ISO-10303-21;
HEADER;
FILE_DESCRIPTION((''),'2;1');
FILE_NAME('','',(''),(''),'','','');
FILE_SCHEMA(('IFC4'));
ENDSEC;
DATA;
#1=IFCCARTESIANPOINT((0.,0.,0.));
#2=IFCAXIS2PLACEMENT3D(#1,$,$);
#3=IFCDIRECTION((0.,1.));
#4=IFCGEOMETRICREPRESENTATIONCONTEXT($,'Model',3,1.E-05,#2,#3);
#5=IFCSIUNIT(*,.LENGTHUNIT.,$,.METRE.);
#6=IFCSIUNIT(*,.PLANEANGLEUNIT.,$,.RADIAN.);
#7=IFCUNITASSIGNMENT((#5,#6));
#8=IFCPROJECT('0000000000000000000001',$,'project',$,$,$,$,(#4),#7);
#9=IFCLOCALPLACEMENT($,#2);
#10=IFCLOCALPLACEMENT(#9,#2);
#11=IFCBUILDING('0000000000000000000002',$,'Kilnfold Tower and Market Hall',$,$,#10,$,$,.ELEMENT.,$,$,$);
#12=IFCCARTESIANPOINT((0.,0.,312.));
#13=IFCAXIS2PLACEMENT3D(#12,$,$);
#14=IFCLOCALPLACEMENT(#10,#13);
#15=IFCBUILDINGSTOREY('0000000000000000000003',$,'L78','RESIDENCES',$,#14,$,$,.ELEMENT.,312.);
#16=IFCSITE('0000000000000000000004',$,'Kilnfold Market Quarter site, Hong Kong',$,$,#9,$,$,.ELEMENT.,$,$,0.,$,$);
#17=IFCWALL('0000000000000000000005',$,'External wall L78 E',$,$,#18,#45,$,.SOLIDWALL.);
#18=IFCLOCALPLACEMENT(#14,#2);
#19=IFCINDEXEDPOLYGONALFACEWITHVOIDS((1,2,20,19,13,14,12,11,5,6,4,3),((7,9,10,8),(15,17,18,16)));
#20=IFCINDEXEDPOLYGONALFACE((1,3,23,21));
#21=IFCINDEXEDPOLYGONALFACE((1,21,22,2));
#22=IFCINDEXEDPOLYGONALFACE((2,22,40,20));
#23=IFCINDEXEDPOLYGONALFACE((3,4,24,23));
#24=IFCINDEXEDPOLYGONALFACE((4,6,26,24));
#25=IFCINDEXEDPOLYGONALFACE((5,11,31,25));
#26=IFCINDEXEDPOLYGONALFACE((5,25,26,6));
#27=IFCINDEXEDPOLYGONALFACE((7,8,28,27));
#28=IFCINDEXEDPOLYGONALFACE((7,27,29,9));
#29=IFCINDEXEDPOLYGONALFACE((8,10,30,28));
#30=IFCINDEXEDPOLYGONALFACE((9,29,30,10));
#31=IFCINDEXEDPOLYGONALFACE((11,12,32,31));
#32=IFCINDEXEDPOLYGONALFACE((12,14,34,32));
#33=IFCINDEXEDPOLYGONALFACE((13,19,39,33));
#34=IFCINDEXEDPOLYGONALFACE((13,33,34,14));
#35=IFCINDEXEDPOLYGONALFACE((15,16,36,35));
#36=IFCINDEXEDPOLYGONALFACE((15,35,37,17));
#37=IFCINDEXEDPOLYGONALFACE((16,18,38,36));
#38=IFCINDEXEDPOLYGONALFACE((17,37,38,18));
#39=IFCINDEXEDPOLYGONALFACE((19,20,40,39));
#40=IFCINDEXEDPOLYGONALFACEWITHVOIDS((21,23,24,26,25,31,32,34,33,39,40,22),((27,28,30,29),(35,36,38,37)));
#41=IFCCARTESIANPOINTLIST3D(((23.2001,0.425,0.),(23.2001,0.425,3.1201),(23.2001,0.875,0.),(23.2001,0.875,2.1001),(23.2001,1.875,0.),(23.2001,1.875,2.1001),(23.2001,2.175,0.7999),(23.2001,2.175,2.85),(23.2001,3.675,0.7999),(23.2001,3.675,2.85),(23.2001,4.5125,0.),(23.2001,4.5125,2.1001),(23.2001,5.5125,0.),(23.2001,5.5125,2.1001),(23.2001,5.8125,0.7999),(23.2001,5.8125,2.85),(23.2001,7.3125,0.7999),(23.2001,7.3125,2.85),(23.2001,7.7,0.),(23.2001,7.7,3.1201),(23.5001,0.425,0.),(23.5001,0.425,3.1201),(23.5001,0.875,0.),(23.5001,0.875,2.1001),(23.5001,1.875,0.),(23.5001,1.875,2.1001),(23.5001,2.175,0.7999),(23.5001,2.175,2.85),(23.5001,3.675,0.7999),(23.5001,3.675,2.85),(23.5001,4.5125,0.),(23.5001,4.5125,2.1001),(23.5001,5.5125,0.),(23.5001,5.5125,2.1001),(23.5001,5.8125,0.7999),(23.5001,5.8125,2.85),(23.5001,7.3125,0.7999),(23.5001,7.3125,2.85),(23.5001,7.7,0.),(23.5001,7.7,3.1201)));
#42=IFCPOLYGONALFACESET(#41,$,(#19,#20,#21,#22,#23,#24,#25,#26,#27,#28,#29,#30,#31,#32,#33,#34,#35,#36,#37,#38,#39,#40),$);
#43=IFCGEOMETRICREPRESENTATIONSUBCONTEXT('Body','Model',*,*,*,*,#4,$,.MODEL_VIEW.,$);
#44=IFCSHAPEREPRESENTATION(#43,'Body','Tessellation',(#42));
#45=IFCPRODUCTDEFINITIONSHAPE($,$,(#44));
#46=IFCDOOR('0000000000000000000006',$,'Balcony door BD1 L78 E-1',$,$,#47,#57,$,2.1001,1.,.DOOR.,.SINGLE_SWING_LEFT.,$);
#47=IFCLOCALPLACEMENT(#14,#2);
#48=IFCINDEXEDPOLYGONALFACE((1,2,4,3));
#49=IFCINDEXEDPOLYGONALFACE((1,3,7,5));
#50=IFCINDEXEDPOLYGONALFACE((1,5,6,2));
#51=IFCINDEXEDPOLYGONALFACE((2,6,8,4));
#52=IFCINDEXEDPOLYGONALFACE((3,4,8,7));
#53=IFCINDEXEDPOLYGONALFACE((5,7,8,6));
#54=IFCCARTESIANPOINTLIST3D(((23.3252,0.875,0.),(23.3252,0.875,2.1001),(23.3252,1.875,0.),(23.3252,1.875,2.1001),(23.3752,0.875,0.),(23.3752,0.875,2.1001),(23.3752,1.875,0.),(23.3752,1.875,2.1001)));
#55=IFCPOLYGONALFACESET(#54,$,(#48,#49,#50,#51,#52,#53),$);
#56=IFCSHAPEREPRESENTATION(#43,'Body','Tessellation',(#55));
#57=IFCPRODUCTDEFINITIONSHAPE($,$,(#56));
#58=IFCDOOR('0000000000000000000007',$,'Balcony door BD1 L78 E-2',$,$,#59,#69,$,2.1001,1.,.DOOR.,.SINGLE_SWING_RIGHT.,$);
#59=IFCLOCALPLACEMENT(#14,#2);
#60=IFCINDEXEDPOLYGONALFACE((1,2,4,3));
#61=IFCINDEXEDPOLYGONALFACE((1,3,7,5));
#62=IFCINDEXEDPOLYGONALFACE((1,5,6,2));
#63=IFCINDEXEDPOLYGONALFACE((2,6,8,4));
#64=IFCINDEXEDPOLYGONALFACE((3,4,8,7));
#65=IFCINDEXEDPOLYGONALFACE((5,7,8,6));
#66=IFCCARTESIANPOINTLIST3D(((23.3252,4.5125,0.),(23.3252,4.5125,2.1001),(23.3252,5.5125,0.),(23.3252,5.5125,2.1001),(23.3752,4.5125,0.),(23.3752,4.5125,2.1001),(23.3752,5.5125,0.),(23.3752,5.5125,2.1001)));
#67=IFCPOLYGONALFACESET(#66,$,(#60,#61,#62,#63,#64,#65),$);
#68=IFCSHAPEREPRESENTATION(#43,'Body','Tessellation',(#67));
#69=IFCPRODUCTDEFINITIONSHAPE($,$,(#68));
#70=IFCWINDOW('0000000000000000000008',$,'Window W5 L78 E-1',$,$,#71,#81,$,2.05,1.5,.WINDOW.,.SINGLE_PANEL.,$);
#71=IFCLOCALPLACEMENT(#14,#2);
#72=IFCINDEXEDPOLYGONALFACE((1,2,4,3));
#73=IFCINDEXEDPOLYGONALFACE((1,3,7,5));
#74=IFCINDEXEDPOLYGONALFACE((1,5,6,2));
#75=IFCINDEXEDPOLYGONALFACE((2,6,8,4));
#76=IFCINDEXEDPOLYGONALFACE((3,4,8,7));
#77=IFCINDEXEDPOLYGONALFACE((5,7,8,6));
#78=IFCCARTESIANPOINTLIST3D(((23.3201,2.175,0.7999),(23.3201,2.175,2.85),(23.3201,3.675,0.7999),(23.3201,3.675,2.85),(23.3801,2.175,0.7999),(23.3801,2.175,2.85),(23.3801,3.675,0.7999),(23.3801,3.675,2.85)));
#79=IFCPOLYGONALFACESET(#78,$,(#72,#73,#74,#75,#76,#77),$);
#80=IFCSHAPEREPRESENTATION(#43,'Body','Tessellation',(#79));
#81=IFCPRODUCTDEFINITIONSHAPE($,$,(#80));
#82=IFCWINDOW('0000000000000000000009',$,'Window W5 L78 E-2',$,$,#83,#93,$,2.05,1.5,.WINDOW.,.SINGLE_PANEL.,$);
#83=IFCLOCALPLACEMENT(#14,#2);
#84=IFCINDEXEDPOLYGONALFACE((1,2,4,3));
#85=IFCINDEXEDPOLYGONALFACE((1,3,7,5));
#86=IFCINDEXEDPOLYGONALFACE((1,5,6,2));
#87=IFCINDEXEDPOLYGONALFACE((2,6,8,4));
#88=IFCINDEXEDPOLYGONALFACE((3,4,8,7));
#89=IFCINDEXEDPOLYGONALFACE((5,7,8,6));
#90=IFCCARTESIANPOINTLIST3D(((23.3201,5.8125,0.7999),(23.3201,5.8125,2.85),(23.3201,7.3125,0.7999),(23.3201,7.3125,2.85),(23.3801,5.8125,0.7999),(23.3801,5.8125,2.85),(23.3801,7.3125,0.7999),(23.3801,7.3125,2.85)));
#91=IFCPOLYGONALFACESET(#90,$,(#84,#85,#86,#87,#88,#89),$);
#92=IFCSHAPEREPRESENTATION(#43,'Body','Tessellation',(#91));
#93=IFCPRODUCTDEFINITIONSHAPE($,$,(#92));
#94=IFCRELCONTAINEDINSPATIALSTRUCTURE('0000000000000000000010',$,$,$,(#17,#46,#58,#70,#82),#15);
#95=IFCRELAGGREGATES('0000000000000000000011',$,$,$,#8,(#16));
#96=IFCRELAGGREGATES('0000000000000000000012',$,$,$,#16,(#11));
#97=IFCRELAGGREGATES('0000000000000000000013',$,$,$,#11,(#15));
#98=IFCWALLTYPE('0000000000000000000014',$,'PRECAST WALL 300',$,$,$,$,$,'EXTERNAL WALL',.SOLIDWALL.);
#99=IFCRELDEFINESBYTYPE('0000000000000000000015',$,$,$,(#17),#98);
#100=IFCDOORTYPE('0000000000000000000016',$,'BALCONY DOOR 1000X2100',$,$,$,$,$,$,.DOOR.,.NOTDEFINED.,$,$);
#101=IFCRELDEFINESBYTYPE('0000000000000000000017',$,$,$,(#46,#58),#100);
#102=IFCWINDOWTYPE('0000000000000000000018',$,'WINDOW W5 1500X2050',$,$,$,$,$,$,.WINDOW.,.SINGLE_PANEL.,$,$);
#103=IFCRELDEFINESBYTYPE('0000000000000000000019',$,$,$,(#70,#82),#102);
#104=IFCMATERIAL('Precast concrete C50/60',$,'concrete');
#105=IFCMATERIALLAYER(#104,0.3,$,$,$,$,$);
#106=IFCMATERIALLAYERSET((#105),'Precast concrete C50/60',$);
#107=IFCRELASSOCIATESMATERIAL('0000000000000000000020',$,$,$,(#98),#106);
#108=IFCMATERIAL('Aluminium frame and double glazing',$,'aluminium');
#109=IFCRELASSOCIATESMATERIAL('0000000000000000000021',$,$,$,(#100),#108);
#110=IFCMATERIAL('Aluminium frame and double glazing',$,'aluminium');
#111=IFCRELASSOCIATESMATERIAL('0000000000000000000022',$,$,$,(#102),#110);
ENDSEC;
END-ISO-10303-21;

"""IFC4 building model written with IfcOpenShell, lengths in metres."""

from ifc_helpers import new_model, si_unit, direction, frame, frame_2d, origin, place, context, subcontext, project, spatial, rectangle, extrude, source, transform, mapped, material, layer, layer_set, type_object, element, fill, save


model = new_model("IFC4")

# Units and contexts
model_context = context("Model", 3, precision=1e-05, world=origin(), true_north=direction((0.0, 1.0)))
body_context = subcontext(model_context, "Body", "Model", "MODEL_VIEW")
ifc_project = project(units=[si_unit("LENGTHUNIT", "METRE"), si_unit("PLANEANGLEUNIT", "RADIAN")], contexts=[model_context])

# Site, building, storey
site_placement = place(None, origin())
site = spatial("IfcSite", under=ifc_project, at=site_placement, Name="Kilnfold Market Quarter site, Hong Kong", CompositionType="ELEMENT", RefElevation=0.0)
building_placement = place(site_placement, origin())
building = spatial("IfcBuilding", under=site, at=building_placement, Name="Kilnfold Tower and Market Hall", CompositionType="ELEMENT")
storey_placement = place(building_placement, frame((0.0, 0.0, 312.0)))
storey = spatial("IfcBuildingStorey", under=building, at=storey_placement, Name="L78", Description="RESIDENCES", CompositionType="ELEMENT", Elevation=312.0)

# Wall, openings, doors, windows
ifc_material_1 = material(Name="Precast concrete C50/60", Category="concrete")
ifc_layer_1 = layer(ifc_material_1, 0.3)
ifc_layer_set_1 = layer_set([ifc_layer_1], Name="Precast concrete C50/60")
wall_type_1 = type_object("IfcWallType", Name="PRECAST WALL 300", ElementType="EXTERNAL WALL", PredefinedType="SOLIDWALL", material=ifc_layer_set_1)
shared_shape_1 = source(origin(), body_context, "Body", "SweptSolid", [
    extrude(rectangle(XDim=7.2749, YDim=0.3, at=frame_2d((3.6375, 0.0))), origin(), (0.0, 0.0, 1.0), 3.1201),
])
wall_1_placement = place(storey_placement, frame((23.3501, 0.425, 0.0), z_axis=(0.0, 0.0, 1.0), x_axis=(0.0, 1.0, 0.0)))
wall_1 = element("IfcWall", 1, at=wall_1_placement, inside=storey, type_object=wall_type_1, Name="External wall L78 E", PredefinedType="SOLIDWALL", context=body_context, shape_type="MappedRepresentation", body=[
    mapped(shared_shape_1, transform((0.0, 0.0, 0.0))),
])
opening_1_placement = place(wall_1_placement, frame((1.75, 0.0, 0.8)))
opening_1 = element("IfcOpeningElement", 2, at=opening_1_placement, cuts=wall_1, PredefinedType="OPENING", context=body_context, shape_type="SweptSolid", body=[
    extrude(rectangle(XDim=1.5, YDim=2.05, at=frame_2d((0.75, 1.0249))), frame((0.0, 0.1602, 0.0), z_axis=(0.0, -1.0, 0.0), x_axis=(1.0, 0.0, 0.0)), (0.0, 0.0, 1.0), 0.3201),
])
opening_2_placement = place(wall_1_placement, frame((0.45, 0.0, 0.0)))
opening_2 = element("IfcOpeningElement", 3, at=opening_2_placement, cuts=wall_1, PredefinedType="OPENING", context=body_context, shape_type="SweptSolid", body=[
    extrude(rectangle(XDim=1.0, YDim=2.1001, at=frame_2d((0.5, 1.05))), frame((0.0, 0.1602, 0.0), z_axis=(0.0, -1.0, 0.0), x_axis=(1.0, 0.0, 0.0)), (0.0, 0.0, 1.0), 0.3201),
])
opening_3_placement = place(wall_1_placement, frame((5.3875, 0.0, 0.8)))
opening_3 = element("IfcOpeningElement", 4, at=opening_3_placement, cuts=wall_1, PredefinedType="OPENING", context=body_context, shape_type="SweptSolid", body=[
    extrude(rectangle(XDim=1.5, YDim=2.05, at=frame_2d((0.75, 1.0249))), frame((0.0, 0.1602, 0.0), z_axis=(0.0, -1.0, 0.0), x_axis=(1.0, 0.0, 0.0)), (0.0, 0.0, 1.0), 0.3201),
])
opening_4_placement = place(wall_1_placement, frame((4.0874, 0.0, 0.0)))
opening_4 = element("IfcOpeningElement", 5, at=opening_4_placement, cuts=wall_1, PredefinedType="OPENING", context=body_context, shape_type="SweptSolid", body=[
    extrude(rectangle(XDim=1.0, YDim=2.1001, at=frame_2d((0.5, 1.05))), frame((0.0, 0.1602, 0.0), z_axis=(0.0, -1.0, 0.0), x_axis=(1.0, 0.0, 0.0)), (0.0, 0.0, 1.0), 0.3201),
])
ifc_material_2 = material(Name="Aluminium frame and double glazing", Category="aluminium")
door_type = type_object("IfcDoorType", Name="BALCONY DOOR 1000X2100", OperationType="NOTDEFINED", PredefinedType="DOOR", material=ifc_material_2)
door_1_placement = place(opening_2_placement, origin())
door_1 = element("IfcDoor", 6, at=door_1_placement, inside=storey, type_object=door_type, Name="Balcony door BD1 L78 E-1", OperationType="SINGLE_SWING_LEFT", OverallHeight=2.1001, OverallWidth=1.0, PredefinedType="DOOR", context=body_context, shape_type="SweptSolid", body=[
    extrude(rectangle(XDim=1.0, YDim=2.1001, at=frame_2d((0.5, 1.05))), frame((0.0, 0.0249, 0.0), z_axis=(0.0, -1.0, 0.0), x_axis=(1.0, 0.0, 0.0)), (0.0, 0.0, 1.0), 0.05),
])
fill(opening_2, door_1)
door_2_placement = place(opening_4_placement, origin())
door_2 = element("IfcDoor", 7, at=door_2_placement, inside=storey, type_object=door_type, Name="Balcony door BD1 L78 E-2", OperationType="SINGLE_SWING_RIGHT", OverallHeight=2.1001, OverallWidth=1.0, PredefinedType="DOOR", context=body_context, shape_type="SweptSolid", body=[
    extrude(rectangle(XDim=1.0, YDim=2.1001, at=frame_2d((0.5, 1.05))), frame((0.0, 0.0249, 0.0), z_axis=(0.0, -1.0, 0.0), x_axis=(1.0, 0.0, 0.0)), (0.0, 0.0, 1.0), 0.05),
])
fill(opening_4, door_2)
ifc_material_3 = material(Name="Aluminium frame and double glazing", Category="aluminium")
window_type = type_object("IfcWindowType", Name="WINDOW W5 1500X2050", PartitioningType="SINGLE_PANEL", PredefinedType="WINDOW", material=ifc_material_3)
window_1_placement = place(opening_1_placement, origin())
window_1 = element("IfcWindow", 8, at=window_1_placement, inside=storey, type_object=window_type, Name="Window W5 L78 E-1", OverallHeight=2.05, OverallWidth=1.5, PartitioningType="SINGLE_PANEL", PredefinedType="WINDOW", context=body_context, shape_type="SweptSolid", body=[
    extrude(rectangle(XDim=1.5, YDim=2.05, at=frame_2d((0.75, 1.0249))), frame((0.0, 0.03, 0.0), z_axis=(0.0, -1.0, 0.0), x_axis=(1.0, 0.0, 0.0)), (0.0, 0.0, 1.0), 0.0601),
])
fill(opening_1, window_1)
window_2_placement = place(opening_3_placement, origin())
window_2 = element("IfcWindow", 9, at=window_2_placement, inside=storey, type_object=window_type, Name="Window W5 L78 E-2", OverallHeight=2.05, OverallWidth=1.5, PartitioningType="SINGLE_PANEL", PredefinedType="WINDOW", context=body_context, shape_type="SweptSolid", body=[
    extrude(rectangle(XDim=1.5, YDim=2.05, at=frame_2d((0.75, 1.0249))), frame((0.0, 0.03, 0.0), z_axis=(0.0, -1.0, 0.0), x_axis=(1.0, 0.0, 0.0)), (0.0, 0.0, 1.0), 0.0601),
])
fill(opening_3, window_2)

save(model, "model.ifc")
